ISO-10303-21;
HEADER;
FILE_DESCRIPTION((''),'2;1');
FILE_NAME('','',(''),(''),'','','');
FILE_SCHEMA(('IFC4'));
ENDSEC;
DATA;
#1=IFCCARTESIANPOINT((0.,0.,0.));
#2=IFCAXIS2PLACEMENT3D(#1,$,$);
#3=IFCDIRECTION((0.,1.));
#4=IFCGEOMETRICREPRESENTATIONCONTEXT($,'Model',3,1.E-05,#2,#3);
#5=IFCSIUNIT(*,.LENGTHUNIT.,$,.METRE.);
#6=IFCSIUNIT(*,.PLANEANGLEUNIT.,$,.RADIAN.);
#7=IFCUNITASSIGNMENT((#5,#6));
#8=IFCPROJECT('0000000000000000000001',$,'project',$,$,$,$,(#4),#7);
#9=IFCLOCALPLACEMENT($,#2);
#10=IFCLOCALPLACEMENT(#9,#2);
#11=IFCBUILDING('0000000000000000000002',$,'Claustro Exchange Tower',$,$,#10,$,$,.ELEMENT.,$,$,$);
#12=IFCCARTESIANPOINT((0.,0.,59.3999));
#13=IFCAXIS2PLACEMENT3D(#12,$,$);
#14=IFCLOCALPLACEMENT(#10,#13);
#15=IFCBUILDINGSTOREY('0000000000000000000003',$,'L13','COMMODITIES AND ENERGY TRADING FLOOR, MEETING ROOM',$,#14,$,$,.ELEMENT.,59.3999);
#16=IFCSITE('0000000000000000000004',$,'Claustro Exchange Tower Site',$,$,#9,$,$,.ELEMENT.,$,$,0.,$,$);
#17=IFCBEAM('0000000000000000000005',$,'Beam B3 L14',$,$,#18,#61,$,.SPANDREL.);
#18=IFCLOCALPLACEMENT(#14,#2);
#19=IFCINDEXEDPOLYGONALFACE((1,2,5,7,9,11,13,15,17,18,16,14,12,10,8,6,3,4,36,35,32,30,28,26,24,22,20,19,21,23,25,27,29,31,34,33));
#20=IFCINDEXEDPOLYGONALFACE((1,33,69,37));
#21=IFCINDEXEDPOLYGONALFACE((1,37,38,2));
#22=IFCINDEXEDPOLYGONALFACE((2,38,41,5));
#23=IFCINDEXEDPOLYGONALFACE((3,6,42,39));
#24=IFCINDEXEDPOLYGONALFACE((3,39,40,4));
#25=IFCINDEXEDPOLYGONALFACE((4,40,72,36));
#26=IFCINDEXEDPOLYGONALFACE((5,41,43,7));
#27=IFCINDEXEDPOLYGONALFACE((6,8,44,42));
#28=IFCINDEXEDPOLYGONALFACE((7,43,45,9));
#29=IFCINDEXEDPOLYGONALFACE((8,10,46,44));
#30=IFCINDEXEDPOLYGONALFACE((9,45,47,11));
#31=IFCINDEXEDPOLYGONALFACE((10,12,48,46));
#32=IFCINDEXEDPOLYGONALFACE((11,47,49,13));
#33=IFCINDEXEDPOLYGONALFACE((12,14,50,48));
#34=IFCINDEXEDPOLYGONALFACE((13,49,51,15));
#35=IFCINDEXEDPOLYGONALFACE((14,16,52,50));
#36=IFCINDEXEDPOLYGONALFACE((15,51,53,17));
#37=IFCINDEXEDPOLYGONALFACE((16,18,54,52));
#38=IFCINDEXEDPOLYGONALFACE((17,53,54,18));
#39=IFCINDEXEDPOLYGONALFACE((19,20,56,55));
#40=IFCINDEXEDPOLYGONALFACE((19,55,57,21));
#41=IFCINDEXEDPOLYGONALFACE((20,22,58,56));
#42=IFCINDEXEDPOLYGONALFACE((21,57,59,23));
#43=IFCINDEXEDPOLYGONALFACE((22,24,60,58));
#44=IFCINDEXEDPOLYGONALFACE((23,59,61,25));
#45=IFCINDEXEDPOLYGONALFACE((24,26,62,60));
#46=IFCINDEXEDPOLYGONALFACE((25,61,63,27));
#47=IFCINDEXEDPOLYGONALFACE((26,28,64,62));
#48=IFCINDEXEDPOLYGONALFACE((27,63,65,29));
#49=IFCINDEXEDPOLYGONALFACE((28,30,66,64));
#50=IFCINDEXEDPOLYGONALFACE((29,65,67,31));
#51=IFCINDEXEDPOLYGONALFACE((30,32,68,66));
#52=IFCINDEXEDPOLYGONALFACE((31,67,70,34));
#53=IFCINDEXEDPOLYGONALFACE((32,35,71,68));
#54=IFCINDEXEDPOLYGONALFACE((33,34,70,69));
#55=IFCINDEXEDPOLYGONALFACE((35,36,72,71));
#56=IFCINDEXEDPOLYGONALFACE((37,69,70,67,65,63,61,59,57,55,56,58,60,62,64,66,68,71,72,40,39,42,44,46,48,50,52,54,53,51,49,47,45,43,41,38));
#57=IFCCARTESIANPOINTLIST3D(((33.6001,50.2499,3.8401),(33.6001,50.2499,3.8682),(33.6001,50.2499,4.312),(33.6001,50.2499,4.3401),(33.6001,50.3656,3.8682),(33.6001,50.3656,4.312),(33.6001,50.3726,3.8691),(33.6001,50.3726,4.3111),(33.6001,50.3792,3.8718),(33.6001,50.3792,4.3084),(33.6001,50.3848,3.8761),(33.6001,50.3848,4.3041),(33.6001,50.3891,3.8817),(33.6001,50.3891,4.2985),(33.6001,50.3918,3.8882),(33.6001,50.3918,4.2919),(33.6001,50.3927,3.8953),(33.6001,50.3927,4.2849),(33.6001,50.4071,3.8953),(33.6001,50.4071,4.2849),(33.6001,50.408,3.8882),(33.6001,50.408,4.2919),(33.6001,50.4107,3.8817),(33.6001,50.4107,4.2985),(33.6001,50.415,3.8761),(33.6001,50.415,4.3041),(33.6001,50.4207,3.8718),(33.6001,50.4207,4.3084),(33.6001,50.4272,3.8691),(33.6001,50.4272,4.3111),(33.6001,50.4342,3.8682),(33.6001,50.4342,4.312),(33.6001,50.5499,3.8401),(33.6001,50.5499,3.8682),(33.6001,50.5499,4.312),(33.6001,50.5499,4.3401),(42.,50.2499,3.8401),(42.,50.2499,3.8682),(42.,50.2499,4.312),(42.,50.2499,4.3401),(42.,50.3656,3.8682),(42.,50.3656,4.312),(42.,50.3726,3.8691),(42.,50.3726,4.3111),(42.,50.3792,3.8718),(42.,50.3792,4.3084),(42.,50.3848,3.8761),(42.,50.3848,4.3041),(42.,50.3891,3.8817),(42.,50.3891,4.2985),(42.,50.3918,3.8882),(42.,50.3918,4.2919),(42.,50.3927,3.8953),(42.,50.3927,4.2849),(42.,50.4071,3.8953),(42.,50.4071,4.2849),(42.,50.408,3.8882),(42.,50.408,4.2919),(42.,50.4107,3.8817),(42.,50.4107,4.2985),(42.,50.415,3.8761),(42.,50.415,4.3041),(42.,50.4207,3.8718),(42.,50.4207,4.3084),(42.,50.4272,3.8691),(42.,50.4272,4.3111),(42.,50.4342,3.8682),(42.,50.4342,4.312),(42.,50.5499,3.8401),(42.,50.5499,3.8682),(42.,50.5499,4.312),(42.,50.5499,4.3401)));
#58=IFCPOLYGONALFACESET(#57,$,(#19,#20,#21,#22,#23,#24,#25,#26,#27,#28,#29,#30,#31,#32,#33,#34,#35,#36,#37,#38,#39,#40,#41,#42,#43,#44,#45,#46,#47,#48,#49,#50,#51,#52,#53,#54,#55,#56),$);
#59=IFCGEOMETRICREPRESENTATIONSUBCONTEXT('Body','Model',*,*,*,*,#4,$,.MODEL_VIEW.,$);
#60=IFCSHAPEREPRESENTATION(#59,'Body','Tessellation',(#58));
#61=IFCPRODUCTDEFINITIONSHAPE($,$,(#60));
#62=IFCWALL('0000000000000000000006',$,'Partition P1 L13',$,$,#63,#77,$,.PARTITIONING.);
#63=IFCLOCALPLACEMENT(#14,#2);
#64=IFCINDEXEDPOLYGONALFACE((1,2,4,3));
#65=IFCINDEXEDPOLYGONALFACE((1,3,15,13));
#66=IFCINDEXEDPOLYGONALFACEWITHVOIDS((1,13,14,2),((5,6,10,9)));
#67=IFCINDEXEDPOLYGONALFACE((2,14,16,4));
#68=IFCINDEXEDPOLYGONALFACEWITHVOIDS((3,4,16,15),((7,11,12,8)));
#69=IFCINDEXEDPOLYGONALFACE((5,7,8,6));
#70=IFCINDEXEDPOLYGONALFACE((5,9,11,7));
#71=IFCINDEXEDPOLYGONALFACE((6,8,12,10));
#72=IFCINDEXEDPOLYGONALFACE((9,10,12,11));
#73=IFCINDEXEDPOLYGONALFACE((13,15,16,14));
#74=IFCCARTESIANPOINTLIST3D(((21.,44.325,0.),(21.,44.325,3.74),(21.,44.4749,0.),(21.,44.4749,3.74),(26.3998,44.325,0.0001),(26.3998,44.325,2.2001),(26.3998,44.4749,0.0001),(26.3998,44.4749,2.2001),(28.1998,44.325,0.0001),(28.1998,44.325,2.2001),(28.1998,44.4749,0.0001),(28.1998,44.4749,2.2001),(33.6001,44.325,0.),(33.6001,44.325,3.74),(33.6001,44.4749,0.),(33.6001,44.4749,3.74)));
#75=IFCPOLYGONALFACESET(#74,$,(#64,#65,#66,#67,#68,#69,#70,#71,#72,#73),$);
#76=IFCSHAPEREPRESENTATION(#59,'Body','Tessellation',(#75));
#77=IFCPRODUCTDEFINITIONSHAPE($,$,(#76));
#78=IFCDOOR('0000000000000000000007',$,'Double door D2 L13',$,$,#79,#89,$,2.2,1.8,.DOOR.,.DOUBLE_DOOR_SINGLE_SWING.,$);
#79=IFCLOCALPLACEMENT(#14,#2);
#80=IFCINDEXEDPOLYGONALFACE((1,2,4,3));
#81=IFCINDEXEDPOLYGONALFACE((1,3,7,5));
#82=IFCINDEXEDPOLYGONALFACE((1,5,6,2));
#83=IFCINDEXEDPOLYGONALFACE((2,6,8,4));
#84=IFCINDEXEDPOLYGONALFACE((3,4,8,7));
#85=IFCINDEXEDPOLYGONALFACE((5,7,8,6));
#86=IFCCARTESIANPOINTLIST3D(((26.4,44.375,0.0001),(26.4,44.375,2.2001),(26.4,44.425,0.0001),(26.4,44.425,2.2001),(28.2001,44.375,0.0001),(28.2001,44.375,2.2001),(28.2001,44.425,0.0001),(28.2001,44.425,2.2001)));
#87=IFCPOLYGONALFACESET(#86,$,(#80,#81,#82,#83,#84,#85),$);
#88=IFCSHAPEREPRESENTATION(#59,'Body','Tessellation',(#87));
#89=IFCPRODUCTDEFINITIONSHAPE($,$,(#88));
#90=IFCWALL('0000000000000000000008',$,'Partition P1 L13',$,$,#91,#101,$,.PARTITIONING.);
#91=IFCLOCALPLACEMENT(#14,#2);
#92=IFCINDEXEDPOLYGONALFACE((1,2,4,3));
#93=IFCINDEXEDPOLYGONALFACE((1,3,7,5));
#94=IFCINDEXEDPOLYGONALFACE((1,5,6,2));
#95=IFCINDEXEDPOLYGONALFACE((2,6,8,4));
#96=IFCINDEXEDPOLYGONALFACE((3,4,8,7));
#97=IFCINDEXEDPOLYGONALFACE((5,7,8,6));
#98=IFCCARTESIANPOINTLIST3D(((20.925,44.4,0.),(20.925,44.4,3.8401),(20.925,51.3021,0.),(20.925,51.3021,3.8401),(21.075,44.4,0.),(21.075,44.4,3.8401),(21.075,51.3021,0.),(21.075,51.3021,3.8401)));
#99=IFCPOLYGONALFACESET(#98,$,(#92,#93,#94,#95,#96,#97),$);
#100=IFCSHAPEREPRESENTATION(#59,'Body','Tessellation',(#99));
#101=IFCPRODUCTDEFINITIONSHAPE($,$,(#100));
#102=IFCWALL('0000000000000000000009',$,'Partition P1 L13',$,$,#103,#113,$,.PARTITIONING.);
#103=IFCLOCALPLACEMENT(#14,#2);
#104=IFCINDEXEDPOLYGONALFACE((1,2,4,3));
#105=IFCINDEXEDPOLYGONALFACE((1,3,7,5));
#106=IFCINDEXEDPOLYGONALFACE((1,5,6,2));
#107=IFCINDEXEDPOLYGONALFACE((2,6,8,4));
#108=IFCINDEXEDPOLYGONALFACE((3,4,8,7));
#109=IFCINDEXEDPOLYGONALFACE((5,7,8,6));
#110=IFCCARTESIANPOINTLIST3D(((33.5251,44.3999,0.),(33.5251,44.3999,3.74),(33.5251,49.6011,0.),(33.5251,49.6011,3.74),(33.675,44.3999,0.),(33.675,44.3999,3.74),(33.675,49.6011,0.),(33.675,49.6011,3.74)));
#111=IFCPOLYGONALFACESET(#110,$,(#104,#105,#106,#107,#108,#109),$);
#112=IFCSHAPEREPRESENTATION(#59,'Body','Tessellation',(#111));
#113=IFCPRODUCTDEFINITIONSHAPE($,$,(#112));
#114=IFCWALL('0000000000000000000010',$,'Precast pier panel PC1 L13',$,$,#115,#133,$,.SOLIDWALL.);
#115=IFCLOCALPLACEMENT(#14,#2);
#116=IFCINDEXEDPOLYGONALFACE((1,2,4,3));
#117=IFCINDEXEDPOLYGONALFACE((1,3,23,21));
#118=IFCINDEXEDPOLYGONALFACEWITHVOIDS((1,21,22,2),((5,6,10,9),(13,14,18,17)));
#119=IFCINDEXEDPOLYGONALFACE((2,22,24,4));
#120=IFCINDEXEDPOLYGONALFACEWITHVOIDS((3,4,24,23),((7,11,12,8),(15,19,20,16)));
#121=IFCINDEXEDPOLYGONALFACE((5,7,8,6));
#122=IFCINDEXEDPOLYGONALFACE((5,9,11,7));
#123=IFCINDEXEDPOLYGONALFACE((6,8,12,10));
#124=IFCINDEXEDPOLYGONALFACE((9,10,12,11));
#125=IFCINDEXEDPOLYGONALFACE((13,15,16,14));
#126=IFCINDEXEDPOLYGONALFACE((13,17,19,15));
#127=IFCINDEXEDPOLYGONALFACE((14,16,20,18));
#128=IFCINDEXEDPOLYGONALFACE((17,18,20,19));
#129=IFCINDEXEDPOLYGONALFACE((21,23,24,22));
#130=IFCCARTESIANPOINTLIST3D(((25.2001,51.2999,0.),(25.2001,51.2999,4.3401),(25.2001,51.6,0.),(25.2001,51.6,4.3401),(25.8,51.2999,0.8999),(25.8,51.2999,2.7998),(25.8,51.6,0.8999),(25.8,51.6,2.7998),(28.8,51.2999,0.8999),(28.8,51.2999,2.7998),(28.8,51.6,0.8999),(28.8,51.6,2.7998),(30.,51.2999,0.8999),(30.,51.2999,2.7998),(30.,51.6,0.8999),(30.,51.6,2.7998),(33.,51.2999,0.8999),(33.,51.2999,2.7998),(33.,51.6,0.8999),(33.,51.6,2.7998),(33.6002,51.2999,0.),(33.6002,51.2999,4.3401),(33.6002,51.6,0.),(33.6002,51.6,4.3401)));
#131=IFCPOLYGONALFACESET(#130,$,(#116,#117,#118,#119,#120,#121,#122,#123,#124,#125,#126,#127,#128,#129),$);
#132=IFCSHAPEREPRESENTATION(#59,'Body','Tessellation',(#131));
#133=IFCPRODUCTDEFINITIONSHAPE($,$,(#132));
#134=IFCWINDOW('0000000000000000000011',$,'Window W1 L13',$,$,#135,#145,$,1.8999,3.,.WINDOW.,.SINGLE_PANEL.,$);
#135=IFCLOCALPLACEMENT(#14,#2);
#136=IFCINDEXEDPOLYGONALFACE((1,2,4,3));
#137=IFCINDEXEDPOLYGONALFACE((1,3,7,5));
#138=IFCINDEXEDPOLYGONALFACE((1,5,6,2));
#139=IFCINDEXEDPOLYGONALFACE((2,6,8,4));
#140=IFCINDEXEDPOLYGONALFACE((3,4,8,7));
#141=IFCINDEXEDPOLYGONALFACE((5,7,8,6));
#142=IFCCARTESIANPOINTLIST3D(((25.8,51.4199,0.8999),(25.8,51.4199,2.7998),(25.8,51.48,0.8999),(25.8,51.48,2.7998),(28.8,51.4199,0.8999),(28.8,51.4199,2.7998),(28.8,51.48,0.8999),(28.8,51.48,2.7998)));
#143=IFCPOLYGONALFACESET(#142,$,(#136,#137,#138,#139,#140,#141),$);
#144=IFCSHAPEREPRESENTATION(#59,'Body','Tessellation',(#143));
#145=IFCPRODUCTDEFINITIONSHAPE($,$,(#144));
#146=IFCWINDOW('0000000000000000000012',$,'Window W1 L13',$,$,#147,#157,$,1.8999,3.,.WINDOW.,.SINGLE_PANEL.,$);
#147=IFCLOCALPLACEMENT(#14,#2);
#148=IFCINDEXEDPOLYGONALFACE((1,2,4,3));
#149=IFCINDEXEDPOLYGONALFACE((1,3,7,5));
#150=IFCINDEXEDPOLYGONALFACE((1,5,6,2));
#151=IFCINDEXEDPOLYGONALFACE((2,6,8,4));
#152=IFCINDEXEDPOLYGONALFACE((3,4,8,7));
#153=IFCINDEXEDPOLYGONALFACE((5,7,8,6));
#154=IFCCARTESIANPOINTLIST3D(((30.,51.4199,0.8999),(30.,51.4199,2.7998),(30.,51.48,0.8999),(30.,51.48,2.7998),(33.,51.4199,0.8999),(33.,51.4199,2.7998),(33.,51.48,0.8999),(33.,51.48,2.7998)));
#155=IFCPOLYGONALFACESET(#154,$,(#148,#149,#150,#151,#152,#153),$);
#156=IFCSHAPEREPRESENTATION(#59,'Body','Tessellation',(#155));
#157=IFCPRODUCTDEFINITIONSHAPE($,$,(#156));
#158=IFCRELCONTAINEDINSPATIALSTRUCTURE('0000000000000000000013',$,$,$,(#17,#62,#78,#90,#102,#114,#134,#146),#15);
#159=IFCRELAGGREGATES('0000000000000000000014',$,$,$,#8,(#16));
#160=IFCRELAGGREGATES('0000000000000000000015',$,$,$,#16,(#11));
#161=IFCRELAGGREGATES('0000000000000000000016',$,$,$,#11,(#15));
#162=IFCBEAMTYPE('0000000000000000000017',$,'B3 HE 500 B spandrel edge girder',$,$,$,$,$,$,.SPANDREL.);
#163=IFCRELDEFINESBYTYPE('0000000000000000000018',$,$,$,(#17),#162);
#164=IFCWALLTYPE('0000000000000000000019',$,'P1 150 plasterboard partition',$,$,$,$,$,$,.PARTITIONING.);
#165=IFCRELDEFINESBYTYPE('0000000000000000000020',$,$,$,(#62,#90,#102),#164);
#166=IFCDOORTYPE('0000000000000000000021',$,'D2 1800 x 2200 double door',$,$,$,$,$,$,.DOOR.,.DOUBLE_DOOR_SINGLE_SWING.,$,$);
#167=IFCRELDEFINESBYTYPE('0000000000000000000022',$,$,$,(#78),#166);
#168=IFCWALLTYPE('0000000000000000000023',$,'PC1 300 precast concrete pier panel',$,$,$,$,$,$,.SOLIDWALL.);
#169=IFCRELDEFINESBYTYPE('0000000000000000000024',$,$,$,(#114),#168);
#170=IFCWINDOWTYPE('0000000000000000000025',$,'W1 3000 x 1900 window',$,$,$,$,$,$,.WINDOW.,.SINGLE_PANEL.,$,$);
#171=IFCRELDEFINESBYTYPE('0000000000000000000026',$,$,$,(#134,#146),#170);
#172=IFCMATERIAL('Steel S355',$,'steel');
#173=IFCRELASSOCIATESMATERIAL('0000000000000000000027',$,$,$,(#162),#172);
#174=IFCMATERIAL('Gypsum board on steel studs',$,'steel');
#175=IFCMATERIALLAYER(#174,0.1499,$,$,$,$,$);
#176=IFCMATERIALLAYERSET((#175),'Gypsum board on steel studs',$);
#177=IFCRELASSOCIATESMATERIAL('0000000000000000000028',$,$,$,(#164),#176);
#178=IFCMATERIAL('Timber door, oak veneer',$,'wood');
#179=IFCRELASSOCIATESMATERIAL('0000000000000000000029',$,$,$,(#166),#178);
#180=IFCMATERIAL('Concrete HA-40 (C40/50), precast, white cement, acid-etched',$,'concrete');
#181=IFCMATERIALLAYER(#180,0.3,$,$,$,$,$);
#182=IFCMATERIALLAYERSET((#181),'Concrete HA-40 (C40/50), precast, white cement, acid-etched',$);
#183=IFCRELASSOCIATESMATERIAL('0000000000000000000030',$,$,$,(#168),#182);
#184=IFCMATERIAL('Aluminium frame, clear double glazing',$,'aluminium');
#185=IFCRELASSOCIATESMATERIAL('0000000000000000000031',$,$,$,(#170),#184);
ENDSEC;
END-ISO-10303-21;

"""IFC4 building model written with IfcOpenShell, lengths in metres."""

from ifc_helpers import new_model, si_unit, direction, frame, frame_2d, origin, origin_2d, place, context, subcontext, project, spatial, rectangle, i_section, extrude, material, layer, layer_set, material_profile, profile_set, type_object, element, fill, save


model = new_model("IFC4")

# Units and contexts
model_context = context("Model", 3, precision=1e-05, world=origin(), true_north=direction((0.0, 1.0)))
body_context = subcontext(model_context, "Body", "Model", "MODEL_VIEW")
ifc_project = project(units=[si_unit("LENGTHUNIT", "METRE"), si_unit("PLANEANGLEUNIT", "RADIAN")], contexts=[model_context])

# Site, building, storey
site_placement = place(None, origin())
site = spatial("IfcSite", under=ifc_project, at=site_placement, Name="Claustro Exchange Tower Site", CompositionType="ELEMENT", RefElevation=0.0)
building_placement = place(site_placement, origin())
building = spatial("IfcBuilding", under=site, at=building_placement, Name="Claustro Exchange Tower", CompositionType="ELEMENT")
storey_placement = place(building_placement, frame((0.0, 0.0, 59.3999)))
storey = spatial("IfcBuildingStorey", under=building, at=storey_placement, Name="L13", Description="COMMODITIES AND ENERGY TRADING FLOOR, MEETING ROOM", CompositionType="ELEMENT", Elevation=59.3999)

# Beam
ifc_material_1 = material(Name="Steel S355", Category="steel")
ifc_material_profile_1 = material_profile(ifc_material_1, i_section(OverallWidth=0.3, OverallDepth=0.5, WebThickness=0.0144, FlangeThickness=0.0281, FilletRadius=0.0271, at=origin_2d()), Name="HE 500 B")
ifc_profile_set_1 = profile_set([ifc_material_profile_1], Name="Steel S355")
beam_type_1 = type_object("IfcBeamType", Name="B3 HE 500 B spandrel edge girder", PredefinedType="SPANDREL", material=ifc_profile_set_1)
beam_1_placement = place(storey_placement, frame((33.6001, 50.3999, 4.0901), z_axis=(1.0, 0.0, 0.0), x_axis=(0.0, 1.0, 0.0)))
element("IfcBeam", 1, at=beam_1_placement, inside=storey, type_object=beam_type_1, Name="Beam B3 L14", PredefinedType="SPANDREL", context=body_context, shape_type="SweptSolid", body=[
    extrude(i_section(OverallWidth=0.3, OverallDepth=0.5, WebThickness=0.0144, FlangeThickness=0.0281, FilletRadius=0.0271, at=origin_2d()), origin(), (0.0, 0.0, 1.0), 8.3999),
])

# Wall, opening, door
ifc_material_2 = material(Name="Gypsum board on steel studs", Category="steel")
ifc_layer_1 = layer(ifc_material_2, 0.1499)
ifc_layer_set_1 = layer_set([ifc_layer_1], Name="Gypsum board on steel studs")
wall_type_1 = type_object("IfcWallType", Name="P1 150 plasterboard partition", PredefinedType="PARTITIONING", material=ifc_layer_set_1)
wall_1_placement = place(storey_placement, frame((21.0, 44.3999, 0.0), z_axis=(0.0, 0.0, 1.0), x_axis=(1.0, 0.0, 0.0)))
wall_1 = element("IfcWall", 2, at=wall_1_placement, inside=storey, type_object=wall_type_1, Name="Partition P1 L13", PredefinedType="PARTITIONING", context=body_context, shape_type="SweptSolid", body=[
    extrude(rectangle(XDim=12.6001, YDim=0.1499, at=frame_2d((6.3, 0.0))), origin(), (0.0, 0.0, 1.0), 3.74),
])
opening_1_placement = place(wall_1_placement, frame((5.3999, 0.0, 0.0)))
opening_1 = element("IfcOpeningElement", 3, at=opening_1_placement, cuts=wall_1, PredefinedType="OPENING", context=body_context, shape_type="SweptSolid", body=[
    extrude(rectangle(XDim=1.8, YDim=2.2, at=frame_2d((0.8999, 1.1001))), frame((0.0, 0.085, 0.0), z_axis=(0.0, -1.0, 0.0), x_axis=(1.0, 0.0, 0.0)), (0.0, 0.0, 1.0), 0.1699),
])
ifc_material_3 = material(Name="Timber door, oak veneer", Category="wood")
door_type = type_object("IfcDoorType", Name="D2 1800 x 2200 double door", OperationType="DOUBLE_DOOR_SINGLE_SWING", PredefinedType="DOOR", material=ifc_material_3)
door_placement = place(opening_1_placement, frame((1.8, 0.0, 0.0), z_axis=(0.0, 0.0, 1.0), x_axis=(-1.0, 0.0, 0.0)))
door = element("IfcDoor", 4, at=door_placement, inside=storey, type_object=door_type, Name="Double door D2 L13", OperationType="DOUBLE_DOOR_SINGLE_SWING", OverallHeight=2.2, OverallWidth=1.8, PredefinedType="DOOR", context=body_context, shape_type="SweptSolid", body=[
    extrude(rectangle(XDim=1.8, YDim=2.2, at=frame_2d((0.8999, 1.1001))), frame((0.0, 0.0249, 0.0), z_axis=(0.0, -1.0, 0.0), x_axis=(1.0, 0.0, 0.0)), (0.0, 0.0, 1.0), 0.05),
])
fill(opening_1, door)

# Walls
wall_2_placement = place(storey_placement, frame((21.0, 44.3999, 0.0), z_axis=(0.0, 0.0, 1.0), x_axis=(0.0, 1.0, 0.0)))
element("IfcWall", 5, at=wall_2_placement, inside=storey, type_object=wall_type_1, Name="Partition P1 L13", PredefinedType="PARTITIONING", context=body_context, shape_type="SweptSolid", body=[
    extrude(rectangle(XDim=6.9021, YDim=0.1499, at=frame_2d((3.4512, 0.0))), origin(), (0.0, 0.0, 1.0), 3.8401),
])
wall_3_placement = place(storey_placement, frame((33.6001, 44.3999, 0.0), z_axis=(0.0, 0.0, 1.0), x_axis=(0.0, 1.0, 0.0)))
element("IfcWall", 6, at=wall_3_placement, inside=storey, type_object=wall_type_1, Name="Partition P1 L13", PredefinedType="PARTITIONING", context=body_context, shape_type="SweptSolid", body=[
    extrude(rectangle(XDim=5.2012, YDim=0.1499, at=frame_2d((2.6006, 0.0))), origin(), (0.0, 0.0, 1.0), 3.74),
])

# Wall, openings, windows
ifc_material_4 = material(Name="Concrete HA-40 (C40/50), precast, white cement, acid-etched", Category="concrete")
ifc_layer_2 = layer(ifc_material_4, 0.3)
ifc_layer_set_2 = layer_set([ifc_layer_2], Name="Concrete HA-40 (C40/50), precast, white cement, acid-etched")
wall_type_2 = type_object("IfcWallType", Name="PC1 300 precast concrete pier panel", PredefinedType="SOLIDWALL", material=ifc_layer_set_2)
wall_4_placement = place(storey_placement, frame((25.2, 51.45, 0.0), z_axis=(0.0, 0.0, 1.0), x_axis=(1.0, 0.0, 0.0)))
wall_4 = element("IfcWall", 7, at=wall_4_placement, inside=storey, type_object=wall_type_2, Name="Precast pier panel PC1 L13", PredefinedType="SOLIDWALL", context=body_context, shape_type="SweptSolid", body=[
    extrude(rectangle(XDim=8.4001, YDim=0.3, at=frame_2d((4.2002, 0.0))), origin(), (0.0, 0.0, 1.0), 4.3401),
])
opening_2_placement = place(wall_4_placement, frame((0.6001, 0.0, 0.8999)))
opening_2 = element("IfcOpeningElement", 8, at=opening_2_placement, cuts=wall_4, PredefinedType="OPENING", context=body_context, shape_type="SweptSolid", body=[
    extrude(rectangle(XDim=3.0, YDim=1.8999, at=frame_2d((1.5, 0.95))), frame((0.0, 0.1599, 0.0), z_axis=(0.0, -1.0, 0.0), x_axis=(1.0, 0.0, 0.0)), (0.0, 0.0, 1.0), 0.3201),
])
opening_3_placement = place(wall_4_placement, frame((4.8, 0.0, 0.8999)))
opening_3 = element("IfcOpeningElement", 9, at=opening_3_placement, cuts=wall_4, PredefinedType="OPENING", context=body_context, shape_type="SweptSolid", body=[
    extrude(rectangle(XDim=3.0, YDim=1.8999, at=frame_2d((1.5, 0.95))), frame((0.0, 0.1599, 0.0), z_axis=(0.0, -1.0, 0.0), x_axis=(1.0, 0.0, 0.0)), (0.0, 0.0, 1.0), 0.3201),
])
ifc_material_5 = material(Name="Aluminium frame, clear double glazing", Category="aluminium")
window_type = type_object("IfcWindowType", Name="W1 3000 x 1900 window", PartitioningType="SINGLE_PANEL", PredefinedType="WINDOW", material=ifc_material_5)
window_1_placement = place(opening_2_placement, origin())
window_1 = element("IfcWindow", 10, at=window_1_placement, inside=storey, type_object=window_type, Name="Window W1 L13", OverallHeight=1.8999, OverallWidth=3.0, PartitioningType="SINGLE_PANEL", PredefinedType="WINDOW", context=body_context, shape_type="SweptSolid", body=[
    extrude(rectangle(XDim=3.0, YDim=1.8999, at=frame_2d((1.5, 0.95))), frame((0.0, 0.03, 0.0), z_axis=(0.0, -1.0, 0.0), x_axis=(1.0, 0.0, 0.0)), (0.0, 0.0, 1.0), 0.0601),
])
fill(opening_2, window_1)
window_2_placement = place(opening_3_placement, origin())
window_2 = element("IfcWindow", 11, at=window_2_placement, inside=storey, type_object=window_type, Name="Window W1 L13", OverallHeight=1.8999, OverallWidth=3.0, PartitioningType="SINGLE_PANEL", PredefinedType="WINDOW", context=body_context, shape_type="SweptSolid", body=[
    extrude(rectangle(XDim=3.0, YDim=1.8999, at=frame_2d((1.5, 0.95))), frame((0.0, 0.03, 0.0), z_axis=(0.0, -1.0, 0.0), x_axis=(1.0, 0.0, 0.0)), (0.0, 0.0, 1.0), 0.0601),
])
fill(opening_3, window_2)

save(model, "model.ifc")
